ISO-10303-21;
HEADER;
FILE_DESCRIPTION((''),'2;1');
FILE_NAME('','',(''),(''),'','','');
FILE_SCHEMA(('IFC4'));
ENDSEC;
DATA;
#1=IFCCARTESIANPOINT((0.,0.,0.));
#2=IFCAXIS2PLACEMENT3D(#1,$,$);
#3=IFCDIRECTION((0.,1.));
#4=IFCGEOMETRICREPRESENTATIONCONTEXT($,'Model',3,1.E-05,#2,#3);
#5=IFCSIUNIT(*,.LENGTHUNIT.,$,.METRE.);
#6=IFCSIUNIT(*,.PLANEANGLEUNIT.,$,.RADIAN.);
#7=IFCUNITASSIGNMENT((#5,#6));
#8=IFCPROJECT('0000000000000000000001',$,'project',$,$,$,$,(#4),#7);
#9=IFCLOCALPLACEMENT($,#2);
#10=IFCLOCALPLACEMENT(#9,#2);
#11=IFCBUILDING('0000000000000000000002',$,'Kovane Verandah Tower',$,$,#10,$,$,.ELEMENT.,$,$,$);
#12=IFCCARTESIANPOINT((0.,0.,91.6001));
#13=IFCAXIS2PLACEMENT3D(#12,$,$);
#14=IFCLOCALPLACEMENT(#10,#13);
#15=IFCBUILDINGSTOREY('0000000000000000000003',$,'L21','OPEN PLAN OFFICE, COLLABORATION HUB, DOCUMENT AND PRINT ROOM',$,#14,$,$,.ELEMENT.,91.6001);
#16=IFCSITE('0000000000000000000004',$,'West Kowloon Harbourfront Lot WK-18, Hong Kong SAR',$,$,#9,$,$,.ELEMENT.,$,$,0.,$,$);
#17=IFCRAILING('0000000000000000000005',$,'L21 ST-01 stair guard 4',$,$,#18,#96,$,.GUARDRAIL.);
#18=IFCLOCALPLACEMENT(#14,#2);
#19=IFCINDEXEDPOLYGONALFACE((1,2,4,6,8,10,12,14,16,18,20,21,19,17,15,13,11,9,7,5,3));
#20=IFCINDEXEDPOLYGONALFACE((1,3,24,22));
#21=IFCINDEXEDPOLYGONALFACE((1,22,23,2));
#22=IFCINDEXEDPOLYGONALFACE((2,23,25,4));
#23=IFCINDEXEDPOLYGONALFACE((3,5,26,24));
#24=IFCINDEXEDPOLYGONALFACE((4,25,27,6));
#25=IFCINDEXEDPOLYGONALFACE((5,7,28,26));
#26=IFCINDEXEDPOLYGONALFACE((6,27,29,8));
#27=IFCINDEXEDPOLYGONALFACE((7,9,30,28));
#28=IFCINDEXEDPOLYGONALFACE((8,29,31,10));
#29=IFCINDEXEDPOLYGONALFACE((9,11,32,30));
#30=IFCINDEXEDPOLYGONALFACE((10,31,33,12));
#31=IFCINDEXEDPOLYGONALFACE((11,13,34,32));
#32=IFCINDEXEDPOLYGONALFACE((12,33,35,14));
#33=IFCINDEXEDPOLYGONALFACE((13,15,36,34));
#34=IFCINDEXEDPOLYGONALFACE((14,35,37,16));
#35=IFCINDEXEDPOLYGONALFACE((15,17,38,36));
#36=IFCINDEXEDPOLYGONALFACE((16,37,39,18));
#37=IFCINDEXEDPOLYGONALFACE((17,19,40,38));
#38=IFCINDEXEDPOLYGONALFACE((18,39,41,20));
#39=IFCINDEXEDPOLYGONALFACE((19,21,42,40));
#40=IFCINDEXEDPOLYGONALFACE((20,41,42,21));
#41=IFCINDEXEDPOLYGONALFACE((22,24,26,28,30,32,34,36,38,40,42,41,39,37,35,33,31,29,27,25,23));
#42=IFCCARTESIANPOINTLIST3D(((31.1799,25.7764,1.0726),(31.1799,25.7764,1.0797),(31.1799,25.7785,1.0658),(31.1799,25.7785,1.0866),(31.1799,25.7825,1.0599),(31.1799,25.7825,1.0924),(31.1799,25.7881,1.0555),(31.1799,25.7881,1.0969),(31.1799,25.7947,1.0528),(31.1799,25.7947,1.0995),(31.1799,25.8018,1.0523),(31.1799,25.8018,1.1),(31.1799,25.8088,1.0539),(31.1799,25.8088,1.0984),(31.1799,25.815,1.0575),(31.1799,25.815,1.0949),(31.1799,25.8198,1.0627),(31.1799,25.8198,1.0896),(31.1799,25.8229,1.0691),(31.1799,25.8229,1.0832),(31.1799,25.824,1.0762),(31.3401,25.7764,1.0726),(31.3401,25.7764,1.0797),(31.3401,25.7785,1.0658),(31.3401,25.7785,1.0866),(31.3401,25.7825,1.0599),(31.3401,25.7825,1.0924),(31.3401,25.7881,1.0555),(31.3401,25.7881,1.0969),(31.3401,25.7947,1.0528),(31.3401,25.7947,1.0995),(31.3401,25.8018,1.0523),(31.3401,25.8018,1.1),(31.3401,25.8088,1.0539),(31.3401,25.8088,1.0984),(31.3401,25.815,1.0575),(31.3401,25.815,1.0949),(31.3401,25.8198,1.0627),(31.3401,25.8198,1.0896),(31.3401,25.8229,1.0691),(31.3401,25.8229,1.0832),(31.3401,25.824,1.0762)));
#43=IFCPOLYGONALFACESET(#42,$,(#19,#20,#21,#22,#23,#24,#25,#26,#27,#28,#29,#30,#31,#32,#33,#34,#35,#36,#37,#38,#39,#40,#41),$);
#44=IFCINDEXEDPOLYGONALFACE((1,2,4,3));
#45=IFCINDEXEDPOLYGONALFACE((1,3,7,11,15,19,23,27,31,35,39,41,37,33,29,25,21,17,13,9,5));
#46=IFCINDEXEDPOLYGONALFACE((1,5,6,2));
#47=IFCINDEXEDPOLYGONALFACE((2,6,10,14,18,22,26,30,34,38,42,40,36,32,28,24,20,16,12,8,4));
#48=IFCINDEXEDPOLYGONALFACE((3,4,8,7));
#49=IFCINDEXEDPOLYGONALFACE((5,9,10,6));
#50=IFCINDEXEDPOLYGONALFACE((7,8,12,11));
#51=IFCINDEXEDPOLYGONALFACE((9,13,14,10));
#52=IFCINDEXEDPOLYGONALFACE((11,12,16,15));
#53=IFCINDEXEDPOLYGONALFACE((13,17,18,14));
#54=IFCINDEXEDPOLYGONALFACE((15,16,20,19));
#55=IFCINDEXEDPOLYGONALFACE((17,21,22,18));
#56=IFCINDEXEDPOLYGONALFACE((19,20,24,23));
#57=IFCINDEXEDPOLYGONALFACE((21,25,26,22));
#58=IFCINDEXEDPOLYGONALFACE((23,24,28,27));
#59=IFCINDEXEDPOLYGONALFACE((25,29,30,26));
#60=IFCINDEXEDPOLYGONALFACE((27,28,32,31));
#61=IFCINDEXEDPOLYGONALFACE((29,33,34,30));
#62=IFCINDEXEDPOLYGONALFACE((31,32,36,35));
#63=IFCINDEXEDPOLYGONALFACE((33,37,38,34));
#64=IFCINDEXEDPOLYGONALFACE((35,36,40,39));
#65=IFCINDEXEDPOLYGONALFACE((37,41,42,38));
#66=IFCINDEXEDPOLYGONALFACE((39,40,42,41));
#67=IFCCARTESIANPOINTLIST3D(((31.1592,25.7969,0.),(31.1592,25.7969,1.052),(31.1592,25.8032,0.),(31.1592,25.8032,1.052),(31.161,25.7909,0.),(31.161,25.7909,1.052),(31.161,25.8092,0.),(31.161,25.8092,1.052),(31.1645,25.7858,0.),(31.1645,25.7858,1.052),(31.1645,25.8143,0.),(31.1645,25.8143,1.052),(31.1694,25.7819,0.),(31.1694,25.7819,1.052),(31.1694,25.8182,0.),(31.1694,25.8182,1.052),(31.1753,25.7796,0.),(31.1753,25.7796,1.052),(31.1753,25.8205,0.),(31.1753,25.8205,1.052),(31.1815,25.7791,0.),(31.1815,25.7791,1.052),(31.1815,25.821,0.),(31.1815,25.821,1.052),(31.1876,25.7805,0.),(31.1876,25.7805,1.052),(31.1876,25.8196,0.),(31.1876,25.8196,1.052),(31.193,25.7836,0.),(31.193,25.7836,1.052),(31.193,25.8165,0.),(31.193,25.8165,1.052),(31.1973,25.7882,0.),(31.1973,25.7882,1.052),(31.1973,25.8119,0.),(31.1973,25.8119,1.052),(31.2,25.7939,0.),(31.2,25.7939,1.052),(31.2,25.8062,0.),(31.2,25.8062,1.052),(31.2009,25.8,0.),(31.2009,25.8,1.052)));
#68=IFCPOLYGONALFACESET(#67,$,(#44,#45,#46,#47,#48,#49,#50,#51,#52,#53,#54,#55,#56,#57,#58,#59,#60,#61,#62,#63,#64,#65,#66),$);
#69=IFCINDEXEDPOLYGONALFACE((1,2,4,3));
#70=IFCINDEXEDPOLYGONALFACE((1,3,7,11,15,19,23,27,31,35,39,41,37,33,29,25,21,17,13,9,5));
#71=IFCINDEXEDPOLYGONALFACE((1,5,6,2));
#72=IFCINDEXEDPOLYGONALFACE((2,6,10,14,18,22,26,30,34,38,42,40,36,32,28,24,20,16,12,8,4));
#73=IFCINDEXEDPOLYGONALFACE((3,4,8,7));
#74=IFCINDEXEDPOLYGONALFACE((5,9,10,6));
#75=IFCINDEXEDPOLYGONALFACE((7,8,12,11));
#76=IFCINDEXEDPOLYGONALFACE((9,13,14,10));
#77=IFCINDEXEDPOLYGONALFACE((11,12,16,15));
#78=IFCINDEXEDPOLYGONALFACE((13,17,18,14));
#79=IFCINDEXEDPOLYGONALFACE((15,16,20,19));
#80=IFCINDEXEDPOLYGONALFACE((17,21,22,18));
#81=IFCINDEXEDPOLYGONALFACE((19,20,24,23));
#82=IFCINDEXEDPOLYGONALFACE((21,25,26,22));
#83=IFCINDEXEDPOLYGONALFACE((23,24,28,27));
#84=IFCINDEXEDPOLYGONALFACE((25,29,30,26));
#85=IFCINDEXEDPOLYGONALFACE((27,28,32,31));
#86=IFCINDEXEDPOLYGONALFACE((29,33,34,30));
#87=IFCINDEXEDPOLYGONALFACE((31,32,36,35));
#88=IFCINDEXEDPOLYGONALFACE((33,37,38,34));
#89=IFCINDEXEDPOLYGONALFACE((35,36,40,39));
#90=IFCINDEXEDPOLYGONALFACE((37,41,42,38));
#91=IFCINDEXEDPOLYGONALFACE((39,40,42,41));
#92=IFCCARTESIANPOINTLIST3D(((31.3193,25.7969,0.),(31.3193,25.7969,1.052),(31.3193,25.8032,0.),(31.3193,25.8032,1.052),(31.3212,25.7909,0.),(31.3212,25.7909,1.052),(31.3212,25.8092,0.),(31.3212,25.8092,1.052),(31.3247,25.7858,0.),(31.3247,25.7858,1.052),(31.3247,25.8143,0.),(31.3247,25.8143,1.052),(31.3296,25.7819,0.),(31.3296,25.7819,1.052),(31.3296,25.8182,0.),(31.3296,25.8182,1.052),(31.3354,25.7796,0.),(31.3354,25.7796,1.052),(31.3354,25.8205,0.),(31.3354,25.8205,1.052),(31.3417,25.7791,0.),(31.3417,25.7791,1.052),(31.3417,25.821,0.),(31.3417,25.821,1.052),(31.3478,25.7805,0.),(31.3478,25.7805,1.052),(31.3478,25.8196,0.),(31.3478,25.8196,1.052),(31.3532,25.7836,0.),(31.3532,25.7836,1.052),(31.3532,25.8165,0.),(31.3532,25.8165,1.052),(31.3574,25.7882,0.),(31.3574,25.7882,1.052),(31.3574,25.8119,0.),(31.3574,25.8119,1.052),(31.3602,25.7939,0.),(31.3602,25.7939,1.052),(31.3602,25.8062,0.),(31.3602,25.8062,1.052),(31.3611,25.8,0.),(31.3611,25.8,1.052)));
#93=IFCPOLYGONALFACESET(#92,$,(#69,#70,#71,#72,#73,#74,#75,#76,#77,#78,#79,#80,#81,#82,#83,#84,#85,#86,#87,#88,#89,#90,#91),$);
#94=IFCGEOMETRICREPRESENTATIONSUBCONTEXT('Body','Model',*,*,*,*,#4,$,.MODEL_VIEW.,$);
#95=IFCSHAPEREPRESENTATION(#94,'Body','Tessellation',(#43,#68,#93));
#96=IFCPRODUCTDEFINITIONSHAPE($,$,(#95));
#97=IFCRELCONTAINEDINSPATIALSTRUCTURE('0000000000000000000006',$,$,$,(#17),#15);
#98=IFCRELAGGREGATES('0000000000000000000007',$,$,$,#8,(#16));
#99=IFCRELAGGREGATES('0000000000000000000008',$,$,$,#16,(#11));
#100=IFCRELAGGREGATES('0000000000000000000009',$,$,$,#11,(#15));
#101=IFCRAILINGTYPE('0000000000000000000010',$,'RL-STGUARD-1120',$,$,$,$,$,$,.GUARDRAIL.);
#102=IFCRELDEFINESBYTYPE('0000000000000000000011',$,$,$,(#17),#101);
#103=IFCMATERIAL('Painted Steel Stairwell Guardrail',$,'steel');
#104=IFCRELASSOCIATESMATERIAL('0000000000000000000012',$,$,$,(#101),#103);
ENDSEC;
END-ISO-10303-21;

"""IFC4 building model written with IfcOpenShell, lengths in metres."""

from ifc_helpers import new_model, si_unit, direction, frame, origin, origin_2d, place, context, subcontext, project, spatial, circle, extrude, material, type_object, element, save


model = new_model("IFC4")

# Units and contexts
model_context = context("Model", 3, precision=1e-05, world=origin(), true_north=direction((0.0, 1.0)))
body_context = subcontext(model_context, "Body", "Model", "MODEL_VIEW")
ifc_project = project(units=[si_unit("LENGTHUNIT", "METRE"), si_unit("PLANEANGLEUNIT", "RADIAN")], contexts=[model_context])

# Site, building, storey
site_placement = place(None, origin())
site = spatial("IfcSite", under=ifc_project, at=site_placement, Name="West Kowloon Harbourfront Lot WK-18, Hong Kong SAR", CompositionType="ELEMENT", RefElevation=0.0)
building_placement = place(site_placement, origin())
building = spatial("IfcBuilding", under=site, at=building_placement, Name="Kovane Verandah Tower", CompositionType="ELEMENT")
storey_placement = place(building_placement, frame((0.0, 0.0, 91.6001)))
storey = spatial("IfcBuildingStorey", under=building, at=storey_placement, Name="L21", Description="OPEN PLAN OFFICE, COLLABORATION HUB, DOCUMENT AND PRINT ROOM", CompositionType="ELEMENT", Elevation=91.6001)

# Railing
ifc_material_1 = material(Name="Painted Steel Stairwell Guardrail", Category="steel")
railing_type_1 = type_object("IfcRailingType", Name="RL-STGUARD-1120", PredefinedType="GUARDRAIL", material=ifc_material_1)
railing_1_placement = place(storey_placement, frame((31.1799, 25.8, 0.0)))
element("IfcRailing", 1, at=railing_1_placement, inside=storey, type_object=railing_type_1, Name="L21 ST-01 stair guard 4", PredefinedType="GUARDRAIL", context=body_context, shape_type="SweptSolid", body=[
    extrude(circle(Radius=0.0239, at=origin_2d()), frame((0.0, 0.0, 1.0762), z_axis=(1.0, 0.0, 0.0), x_axis=(0.0, 1.0, 0.0)), (0.0, 0.0, 1.0), 0.1602),
    extrude(circle(Radius=0.021, at=origin_2d()), origin(), (0.0, 0.0, 1.0), 1.052),
    extrude(circle(Radius=0.021, at=origin_2d()), frame((0.1602, 0.0, 0.0)), (0.0, 0.0, 1.0), 1.052),
])

save(model, "model.ifc")
